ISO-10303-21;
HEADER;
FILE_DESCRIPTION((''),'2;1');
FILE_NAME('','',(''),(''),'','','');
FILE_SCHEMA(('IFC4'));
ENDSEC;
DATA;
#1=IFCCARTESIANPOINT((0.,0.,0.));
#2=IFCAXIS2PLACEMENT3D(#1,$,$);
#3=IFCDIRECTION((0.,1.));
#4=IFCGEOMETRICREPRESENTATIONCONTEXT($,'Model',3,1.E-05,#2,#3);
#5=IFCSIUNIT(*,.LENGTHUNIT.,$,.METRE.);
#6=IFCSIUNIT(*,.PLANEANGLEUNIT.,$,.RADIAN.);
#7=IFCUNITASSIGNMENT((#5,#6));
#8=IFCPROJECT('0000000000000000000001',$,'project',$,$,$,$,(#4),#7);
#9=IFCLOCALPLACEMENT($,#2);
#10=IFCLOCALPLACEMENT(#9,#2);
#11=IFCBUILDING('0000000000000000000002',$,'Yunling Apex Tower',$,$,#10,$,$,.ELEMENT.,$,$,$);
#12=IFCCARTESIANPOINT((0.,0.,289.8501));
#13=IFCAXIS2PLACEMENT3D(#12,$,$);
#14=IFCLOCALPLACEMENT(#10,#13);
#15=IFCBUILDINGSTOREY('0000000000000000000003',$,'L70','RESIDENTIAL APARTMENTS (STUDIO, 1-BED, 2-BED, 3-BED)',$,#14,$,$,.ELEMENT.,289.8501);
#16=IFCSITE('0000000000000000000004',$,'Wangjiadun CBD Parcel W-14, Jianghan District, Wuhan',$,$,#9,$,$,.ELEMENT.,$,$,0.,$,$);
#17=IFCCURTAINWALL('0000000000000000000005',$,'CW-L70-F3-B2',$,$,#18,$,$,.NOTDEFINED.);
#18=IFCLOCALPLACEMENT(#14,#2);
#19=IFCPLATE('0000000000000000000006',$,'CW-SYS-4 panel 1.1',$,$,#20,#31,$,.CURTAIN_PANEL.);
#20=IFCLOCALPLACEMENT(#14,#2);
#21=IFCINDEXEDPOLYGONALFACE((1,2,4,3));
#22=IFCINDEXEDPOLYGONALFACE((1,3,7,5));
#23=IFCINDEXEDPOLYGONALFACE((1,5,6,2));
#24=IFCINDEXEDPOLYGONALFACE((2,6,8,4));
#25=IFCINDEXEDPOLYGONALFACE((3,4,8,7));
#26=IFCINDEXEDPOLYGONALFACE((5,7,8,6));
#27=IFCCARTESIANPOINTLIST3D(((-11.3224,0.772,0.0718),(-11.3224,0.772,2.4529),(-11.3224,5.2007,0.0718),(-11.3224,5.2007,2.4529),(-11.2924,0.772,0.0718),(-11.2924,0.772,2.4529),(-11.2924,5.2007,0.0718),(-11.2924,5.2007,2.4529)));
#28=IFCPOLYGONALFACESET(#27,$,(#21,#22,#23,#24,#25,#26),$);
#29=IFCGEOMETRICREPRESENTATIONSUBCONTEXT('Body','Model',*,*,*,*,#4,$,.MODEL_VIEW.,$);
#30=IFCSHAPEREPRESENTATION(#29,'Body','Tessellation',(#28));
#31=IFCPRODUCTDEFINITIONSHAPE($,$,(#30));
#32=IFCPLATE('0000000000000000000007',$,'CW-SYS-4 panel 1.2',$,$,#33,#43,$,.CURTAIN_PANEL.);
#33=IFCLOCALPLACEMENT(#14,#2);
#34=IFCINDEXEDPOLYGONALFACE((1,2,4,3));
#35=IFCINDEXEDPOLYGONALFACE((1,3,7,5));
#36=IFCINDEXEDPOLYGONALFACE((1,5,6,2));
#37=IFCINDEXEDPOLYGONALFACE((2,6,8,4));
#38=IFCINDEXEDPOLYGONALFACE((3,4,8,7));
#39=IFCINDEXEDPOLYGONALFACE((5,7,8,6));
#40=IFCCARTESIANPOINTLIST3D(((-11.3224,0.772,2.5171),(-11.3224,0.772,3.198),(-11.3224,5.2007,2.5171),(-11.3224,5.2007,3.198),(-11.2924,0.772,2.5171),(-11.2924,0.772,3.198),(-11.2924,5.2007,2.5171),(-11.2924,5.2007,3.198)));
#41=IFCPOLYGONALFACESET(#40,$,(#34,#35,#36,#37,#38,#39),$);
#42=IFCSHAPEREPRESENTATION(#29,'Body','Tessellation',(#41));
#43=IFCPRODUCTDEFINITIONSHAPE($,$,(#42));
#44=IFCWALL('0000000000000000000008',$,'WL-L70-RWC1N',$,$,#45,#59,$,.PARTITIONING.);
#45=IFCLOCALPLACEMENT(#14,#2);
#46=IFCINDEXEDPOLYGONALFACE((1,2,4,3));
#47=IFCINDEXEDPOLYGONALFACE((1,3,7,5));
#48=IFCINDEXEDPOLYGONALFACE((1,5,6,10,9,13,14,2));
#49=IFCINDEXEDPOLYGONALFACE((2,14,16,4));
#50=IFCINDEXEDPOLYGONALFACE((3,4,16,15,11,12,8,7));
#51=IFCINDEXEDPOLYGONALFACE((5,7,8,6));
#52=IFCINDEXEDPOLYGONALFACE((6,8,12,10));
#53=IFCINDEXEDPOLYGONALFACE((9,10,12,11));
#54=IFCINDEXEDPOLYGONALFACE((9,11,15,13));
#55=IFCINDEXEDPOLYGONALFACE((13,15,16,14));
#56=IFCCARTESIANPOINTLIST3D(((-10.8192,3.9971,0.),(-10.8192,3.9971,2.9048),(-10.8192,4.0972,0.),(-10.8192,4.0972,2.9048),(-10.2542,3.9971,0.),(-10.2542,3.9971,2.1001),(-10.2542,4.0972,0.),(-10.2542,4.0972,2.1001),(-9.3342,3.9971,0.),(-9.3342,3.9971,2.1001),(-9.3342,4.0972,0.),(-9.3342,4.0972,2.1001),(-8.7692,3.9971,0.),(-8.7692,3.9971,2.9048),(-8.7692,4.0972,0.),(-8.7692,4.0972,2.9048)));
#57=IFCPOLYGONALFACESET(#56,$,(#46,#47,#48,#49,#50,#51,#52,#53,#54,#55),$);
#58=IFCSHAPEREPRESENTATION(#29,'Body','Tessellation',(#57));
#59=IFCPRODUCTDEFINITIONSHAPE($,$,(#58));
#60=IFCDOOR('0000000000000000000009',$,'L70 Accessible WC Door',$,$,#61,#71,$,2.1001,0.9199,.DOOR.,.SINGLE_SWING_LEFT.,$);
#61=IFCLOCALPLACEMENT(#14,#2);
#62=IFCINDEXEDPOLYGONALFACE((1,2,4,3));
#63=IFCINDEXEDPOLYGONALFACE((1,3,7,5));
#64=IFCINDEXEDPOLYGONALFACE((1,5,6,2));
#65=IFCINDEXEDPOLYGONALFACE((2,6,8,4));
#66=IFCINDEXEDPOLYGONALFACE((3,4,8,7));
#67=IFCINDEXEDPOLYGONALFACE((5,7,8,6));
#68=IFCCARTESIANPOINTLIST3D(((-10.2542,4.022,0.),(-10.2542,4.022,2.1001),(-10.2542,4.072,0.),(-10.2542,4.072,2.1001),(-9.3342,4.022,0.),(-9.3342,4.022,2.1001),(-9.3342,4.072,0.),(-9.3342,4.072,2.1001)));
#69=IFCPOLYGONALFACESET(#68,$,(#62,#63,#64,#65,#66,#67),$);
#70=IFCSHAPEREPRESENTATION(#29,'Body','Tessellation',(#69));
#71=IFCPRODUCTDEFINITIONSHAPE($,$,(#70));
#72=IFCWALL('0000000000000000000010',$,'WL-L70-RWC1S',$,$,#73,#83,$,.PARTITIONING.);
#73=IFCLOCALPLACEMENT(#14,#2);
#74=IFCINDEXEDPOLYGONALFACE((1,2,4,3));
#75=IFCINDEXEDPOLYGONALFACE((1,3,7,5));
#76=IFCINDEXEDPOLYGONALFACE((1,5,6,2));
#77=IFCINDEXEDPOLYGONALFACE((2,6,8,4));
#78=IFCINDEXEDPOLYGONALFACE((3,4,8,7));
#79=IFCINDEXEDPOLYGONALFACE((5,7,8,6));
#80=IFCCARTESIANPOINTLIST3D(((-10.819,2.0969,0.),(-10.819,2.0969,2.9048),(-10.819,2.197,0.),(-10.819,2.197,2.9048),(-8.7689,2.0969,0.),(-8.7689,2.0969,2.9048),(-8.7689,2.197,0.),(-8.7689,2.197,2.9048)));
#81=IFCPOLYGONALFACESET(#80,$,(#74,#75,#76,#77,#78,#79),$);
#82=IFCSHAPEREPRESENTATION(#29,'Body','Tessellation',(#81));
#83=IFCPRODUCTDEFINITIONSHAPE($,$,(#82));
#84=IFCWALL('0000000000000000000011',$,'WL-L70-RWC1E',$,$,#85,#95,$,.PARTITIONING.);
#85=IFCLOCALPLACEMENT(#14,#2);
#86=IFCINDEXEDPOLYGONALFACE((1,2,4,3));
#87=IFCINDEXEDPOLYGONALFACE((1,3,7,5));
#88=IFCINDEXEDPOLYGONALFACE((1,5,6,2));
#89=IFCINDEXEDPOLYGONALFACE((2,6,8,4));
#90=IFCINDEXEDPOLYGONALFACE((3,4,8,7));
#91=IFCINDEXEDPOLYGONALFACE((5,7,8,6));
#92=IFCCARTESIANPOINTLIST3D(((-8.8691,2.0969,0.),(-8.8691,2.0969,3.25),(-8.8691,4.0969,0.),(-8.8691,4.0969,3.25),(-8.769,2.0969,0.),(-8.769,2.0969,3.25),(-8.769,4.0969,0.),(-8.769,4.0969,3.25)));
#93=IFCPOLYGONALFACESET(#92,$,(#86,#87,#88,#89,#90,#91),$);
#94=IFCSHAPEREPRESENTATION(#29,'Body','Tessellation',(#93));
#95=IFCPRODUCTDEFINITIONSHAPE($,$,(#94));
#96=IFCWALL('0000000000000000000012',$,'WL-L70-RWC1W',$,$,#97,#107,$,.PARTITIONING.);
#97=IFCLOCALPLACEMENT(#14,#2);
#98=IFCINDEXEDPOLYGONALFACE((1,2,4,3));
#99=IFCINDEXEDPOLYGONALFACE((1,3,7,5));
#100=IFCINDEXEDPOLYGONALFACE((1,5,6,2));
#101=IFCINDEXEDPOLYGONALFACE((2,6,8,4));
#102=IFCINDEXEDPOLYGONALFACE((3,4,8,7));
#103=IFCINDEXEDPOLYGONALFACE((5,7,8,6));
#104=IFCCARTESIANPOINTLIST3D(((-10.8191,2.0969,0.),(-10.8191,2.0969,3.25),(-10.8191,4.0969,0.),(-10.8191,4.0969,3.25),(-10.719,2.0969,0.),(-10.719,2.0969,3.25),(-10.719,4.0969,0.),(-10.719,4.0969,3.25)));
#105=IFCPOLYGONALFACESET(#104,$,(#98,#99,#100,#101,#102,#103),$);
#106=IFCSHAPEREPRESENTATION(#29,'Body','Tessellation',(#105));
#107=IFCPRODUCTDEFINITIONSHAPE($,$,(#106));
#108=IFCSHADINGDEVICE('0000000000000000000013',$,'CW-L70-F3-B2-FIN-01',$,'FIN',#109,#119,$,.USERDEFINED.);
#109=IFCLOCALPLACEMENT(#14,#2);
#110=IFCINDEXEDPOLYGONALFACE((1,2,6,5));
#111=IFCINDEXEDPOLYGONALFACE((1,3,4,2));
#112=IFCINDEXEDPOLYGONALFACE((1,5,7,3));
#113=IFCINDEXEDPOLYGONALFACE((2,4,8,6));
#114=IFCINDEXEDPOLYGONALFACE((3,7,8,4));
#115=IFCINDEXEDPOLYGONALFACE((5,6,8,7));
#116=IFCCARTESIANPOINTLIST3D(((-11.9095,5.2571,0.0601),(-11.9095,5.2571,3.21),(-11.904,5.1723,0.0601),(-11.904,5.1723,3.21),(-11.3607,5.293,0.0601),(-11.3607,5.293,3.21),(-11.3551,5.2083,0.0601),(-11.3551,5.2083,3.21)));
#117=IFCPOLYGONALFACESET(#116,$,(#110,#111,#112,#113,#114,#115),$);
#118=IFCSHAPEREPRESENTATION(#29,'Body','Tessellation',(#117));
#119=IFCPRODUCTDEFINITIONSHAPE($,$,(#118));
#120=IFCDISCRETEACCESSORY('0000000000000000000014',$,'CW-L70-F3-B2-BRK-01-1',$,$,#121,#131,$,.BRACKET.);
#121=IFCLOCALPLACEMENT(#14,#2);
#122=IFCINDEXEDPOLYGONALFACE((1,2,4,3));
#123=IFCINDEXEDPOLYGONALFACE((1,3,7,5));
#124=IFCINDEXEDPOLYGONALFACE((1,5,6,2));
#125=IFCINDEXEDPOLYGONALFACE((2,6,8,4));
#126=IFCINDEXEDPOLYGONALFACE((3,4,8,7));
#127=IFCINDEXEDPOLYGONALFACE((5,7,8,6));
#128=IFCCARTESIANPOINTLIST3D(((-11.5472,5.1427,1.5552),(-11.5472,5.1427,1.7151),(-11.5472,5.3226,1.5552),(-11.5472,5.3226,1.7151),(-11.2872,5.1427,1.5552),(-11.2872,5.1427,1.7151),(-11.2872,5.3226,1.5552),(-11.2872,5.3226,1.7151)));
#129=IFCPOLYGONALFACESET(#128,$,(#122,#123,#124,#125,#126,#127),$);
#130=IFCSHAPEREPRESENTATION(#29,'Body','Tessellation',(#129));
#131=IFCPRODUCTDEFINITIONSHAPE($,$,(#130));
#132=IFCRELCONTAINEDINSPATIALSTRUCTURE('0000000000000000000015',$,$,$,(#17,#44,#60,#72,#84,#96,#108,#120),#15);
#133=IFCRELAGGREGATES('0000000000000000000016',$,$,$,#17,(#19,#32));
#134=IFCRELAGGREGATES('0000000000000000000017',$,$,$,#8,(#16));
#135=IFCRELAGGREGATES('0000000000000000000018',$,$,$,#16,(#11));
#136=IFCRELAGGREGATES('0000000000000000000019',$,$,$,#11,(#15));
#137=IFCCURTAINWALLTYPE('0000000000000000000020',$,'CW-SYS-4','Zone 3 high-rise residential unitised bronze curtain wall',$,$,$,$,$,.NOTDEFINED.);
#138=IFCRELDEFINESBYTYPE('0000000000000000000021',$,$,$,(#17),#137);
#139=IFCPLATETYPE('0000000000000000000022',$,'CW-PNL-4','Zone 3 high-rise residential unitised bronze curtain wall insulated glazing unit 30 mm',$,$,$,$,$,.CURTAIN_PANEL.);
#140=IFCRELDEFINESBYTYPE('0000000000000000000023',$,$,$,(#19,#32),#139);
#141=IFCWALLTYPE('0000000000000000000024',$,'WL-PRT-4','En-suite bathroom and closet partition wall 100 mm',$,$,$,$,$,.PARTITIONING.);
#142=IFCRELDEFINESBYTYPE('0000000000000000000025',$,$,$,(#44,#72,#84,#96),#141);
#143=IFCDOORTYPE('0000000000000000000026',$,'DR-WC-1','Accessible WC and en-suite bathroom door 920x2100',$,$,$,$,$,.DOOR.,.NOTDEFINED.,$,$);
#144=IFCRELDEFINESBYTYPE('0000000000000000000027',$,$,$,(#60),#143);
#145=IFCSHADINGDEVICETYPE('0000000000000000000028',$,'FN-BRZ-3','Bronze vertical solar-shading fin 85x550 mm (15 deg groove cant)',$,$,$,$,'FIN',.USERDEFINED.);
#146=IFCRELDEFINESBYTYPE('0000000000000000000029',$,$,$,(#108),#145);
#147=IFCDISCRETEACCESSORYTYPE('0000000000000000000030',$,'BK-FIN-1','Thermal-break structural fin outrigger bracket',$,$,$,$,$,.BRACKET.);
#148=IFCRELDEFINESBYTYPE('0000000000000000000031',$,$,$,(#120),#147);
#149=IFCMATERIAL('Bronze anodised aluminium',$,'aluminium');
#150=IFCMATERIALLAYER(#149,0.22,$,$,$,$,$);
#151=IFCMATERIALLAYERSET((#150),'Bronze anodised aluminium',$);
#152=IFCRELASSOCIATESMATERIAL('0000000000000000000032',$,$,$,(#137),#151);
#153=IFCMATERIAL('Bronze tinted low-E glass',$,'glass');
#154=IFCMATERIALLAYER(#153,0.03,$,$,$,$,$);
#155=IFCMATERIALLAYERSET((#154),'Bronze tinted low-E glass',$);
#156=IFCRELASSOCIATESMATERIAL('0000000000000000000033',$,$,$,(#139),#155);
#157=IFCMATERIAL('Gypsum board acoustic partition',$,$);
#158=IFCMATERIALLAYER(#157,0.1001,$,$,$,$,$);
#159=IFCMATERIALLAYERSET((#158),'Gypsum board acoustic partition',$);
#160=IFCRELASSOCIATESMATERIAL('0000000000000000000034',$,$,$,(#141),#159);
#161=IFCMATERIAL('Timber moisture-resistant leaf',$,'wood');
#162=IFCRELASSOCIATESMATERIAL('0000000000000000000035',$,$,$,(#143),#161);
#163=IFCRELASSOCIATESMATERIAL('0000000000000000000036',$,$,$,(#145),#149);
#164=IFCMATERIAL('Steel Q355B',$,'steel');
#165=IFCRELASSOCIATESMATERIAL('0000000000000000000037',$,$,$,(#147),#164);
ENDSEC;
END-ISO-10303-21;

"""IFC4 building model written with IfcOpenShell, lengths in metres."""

from ifc_helpers import new_model, si_unit, direction, frame, frame_2d, origin, origin_2d, place, context, subcontext, project, spatial, rectangle, extrude, source, transform, mapped, material, layer, layer_set, material_profile, profile_set, type_object, element, fill, aggregate, save


model = new_model("IFC4")

# Units and contexts
model_context = context("Model", 3, precision=1e-05, world=origin(), true_north=direction((0.0, 1.0)))
body_context = subcontext(model_context, "Body", "Model", "MODEL_VIEW")
ifc_project = project(units=[si_unit("LENGTHUNIT", "METRE"), si_unit("PLANEANGLEUNIT", "RADIAN")], contexts=[model_context])

# Site, building, storey
site_placement = place(None, origin())
site = spatial("IfcSite", under=ifc_project, at=site_placement, Name="Wangjiadun CBD Parcel W-14, Jianghan District, Wuhan", CompositionType="ELEMENT", RefElevation=0.0)
building_placement = place(site_placement, origin())
building = spatial("IfcBuilding", under=site, at=building_placement, Name="Yunling Apex Tower", CompositionType="ELEMENT")
storey_placement = place(building_placement, frame((0.0, 0.0, 289.8501)))
storey = spatial("IfcBuildingStorey", under=building, at=storey_placement, Name="L70", Description="RESIDENTIAL APARTMENTS (STUDIO, 1-BED, 2-BED, 3-BED)", CompositionType="ELEMENT", Elevation=289.8501)

# Shared definitions
ifc_material_1 = material(Name="Steel Q355B", Category="steel")

# Curtain wall
ifc_material_2 = material(Name="Bronze anodised aluminium", Category="aluminium")
ifc_layer_1 = layer(ifc_material_2, 0.22)
ifc_layer_set_1 = layer_set([ifc_layer_1], Name="Bronze anodised aluminium")
curtain_wall_type = type_object("IfcCurtainWallType", Name="CW-SYS-4", Description="Zone 3 high-rise residential unitised bronze curtain wall", PredefinedType="NOTDEFINED", material=ifc_layer_set_1)
curtain_wall_placement = place(storey_placement, origin())
curtain_wall = element("IfcCurtainWall", 1, at=curtain_wall_placement, inside=storey, type_object=curtain_wall_type, Name="CW-L70-F3-B2", PredefinedType="NOTDEFINED")

# Plates
ifc_material_3 = material(Name="Bronze tinted low-E glass", Category="glass")
ifc_layer_2 = layer(ifc_material_3, 0.03)
ifc_layer_set_2 = layer_set([ifc_layer_2], Name="Bronze tinted low-E glass")
plate_type_1 = type_object("IfcPlateType", Name="CW-PNL-4", Description="Zone 3 high-rise residential unitised bronze curtain wall insulated glazing unit 30 mm", PredefinedType="CURTAIN_PANEL", material=ifc_layer_set_2)
shared_shape_1 = source(origin(), body_context, "Body", "SweptSolid", [
    extrude(rectangle(XDim=4.4287, YDim=0.03, at=origin_2d()), origin(), (0.0, 0.0, 1.0), 2.3811),
])
plate_1_placement = place(storey_placement, frame((-11.3074, 2.9863, 0.0718), z_axis=(0.0, 0.0, 1.0), x_axis=(0.0, -1.0, 0.0)))
plate_1 = element("IfcPlate", 2, at=plate_1_placement, type_object=plate_type_1, Name="CW-SYS-4 panel 1.1", PredefinedType="CURTAIN_PANEL", context=body_context, shape_type="MappedRepresentation", body=[
    mapped(shared_shape_1, transform((0.0, 0.0, 0.0), scale=1.0)),
])
shared_shape_2 = source(origin(), body_context, "Body", "SweptSolid", [
    extrude(rectangle(XDim=4.4287, YDim=0.03, at=origin_2d()), origin(), (0.0, 0.0, 1.0), 0.6809),
])
plate_2_placement = place(storey_placement, frame((-11.3074, 2.9863, 2.5171), z_axis=(0.0, 0.0, 1.0), x_axis=(0.0, -1.0, 0.0)))
plate_2 = element("IfcPlate", 3, at=plate_2_placement, type_object=plate_type_1, Name="CW-SYS-4 panel 1.2", PredefinedType="CURTAIN_PANEL", context=body_context, shape_type="MappedRepresentation", body=[
    mapped(shared_shape_2, transform((0.0, 0.0, 0.0), scale=1.0)),
])
aggregate(curtain_wall, [plate_1, plate_2])

# Wall, opening, door
ifc_material_4 = material(Name="Gypsum board acoustic partition")
ifc_layer_3 = layer(ifc_material_4, 0.1001)
ifc_layer_set_3 = layer_set([ifc_layer_3], Name="Gypsum board acoustic partition")
wall_type = type_object("IfcWallType", Name="WL-PRT-4", Description="En-suite bathroom and closet partition wall 100 mm", PredefinedType="PARTITIONING", material=ifc_layer_set_3)
wall_1_placement = place(storey_placement, frame((-10.8191, 4.0471, 0.0), z_axis=(0.0, 0.0, 1.0), x_axis=(1.0, 0.0, 0.0)))
wall_1 = element("IfcWall", 4, at=wall_1_placement, inside=storey, type_object=wall_type, Name="WL-L70-RWC1N", PredefinedType="PARTITIONING", context=body_context, shape_type="SweptSolid", body=[
    extrude(rectangle(XDim=2.05, YDim=0.1001, at=frame_2d((1.0249, 0.0))), origin(), (0.0, 0.0, 1.0), 2.9048),
])
opening_placement = place(wall_1_placement, frame((0.5649, 0.0, 0.0)))
opening = element("IfcOpeningElement", 5, at=opening_placement, cuts=wall_1, PredefinedType="OPENING", context=body_context, shape_type="SweptSolid", body=[
    extrude(rectangle(XDim=0.9199, YDim=2.1001, at=frame_2d((0.46, 1.05))), frame((0.0, 0.0601, 0.0), z_axis=(0.0, -1.0, 0.0), x_axis=(1.0, 0.0, 0.0)), (0.0, 0.0, 1.0), 0.1201),
])
ifc_material_5 = material(Name="Timber moisture-resistant leaf", Category="wood")
door_type = type_object("IfcDoorType", Name="DR-WC-1", Description="Accessible WC and en-suite bathroom door 920x2100", OperationType="NOTDEFINED", PredefinedType="DOOR", material=ifc_material_5)
door_placement = place(opening_placement, origin())
door = element("IfcDoor", 6, at=door_placement, inside=storey, type_object=door_type, Name="L70 Accessible WC Door", OperationType="SINGLE_SWING_LEFT", OverallHeight=2.1001, OverallWidth=0.9199, PredefinedType="DOOR", context=body_context, shape_type="SweptSolid", body=[
    extrude(rectangle(XDim=0.9199, YDim=2.1001, at=frame_2d((0.46, 1.05))), frame((0.0, 0.0249, 0.0), z_axis=(0.0, -1.0, 0.0), x_axis=(1.0, 0.0, 0.0)), (0.0, 0.0, 1.0), 0.05),
])
fill(opening, door)

# Walls
wall_2_placement = place(storey_placement, frame((-8.769, 2.147, 0.0), z_axis=(0.0, 0.0, 1.0), x_axis=(-1.0, 0.0, 0.0)))
element("IfcWall", 7, at=wall_2_placement, inside=storey, type_object=wall_type, Name="WL-L70-RWC1S", PredefinedType="PARTITIONING", context=body_context, shape_type="SweptSolid", body=[
    extrude(rectangle(XDim=2.05, YDim=0.1001, at=frame_2d((1.0249, 0.0))), origin(), (0.0, 0.0, 1.0), 2.9048),
])
for number, where, z_axis, x_axis, name in (
    (8, (-8.8191, 4.0969, 0.0), (0.0, 0.0, 1.0), (0.0, -1.0, 0.0), "WL-L70-RWC1E"),
    (9, (-10.769, 2.0969, 0.0), (0.0, 0.0, 1.0), (0.0, 1.0, 0.0), "WL-L70-RWC1W"),
):
    element("IfcWall", number, at=place(storey_placement, frame(where, z_axis=z_axis, x_axis=x_axis)), inside=storey, type_object=wall_type, Name=name, PredefinedType="PARTITIONING", context=body_context, shape_type="SweptSolid", body=[
        extrude(rectangle(XDim=2.0, YDim=0.1001, at=frame_2d((1.0, 0.0))), origin(), (0.0, 0.0, 1.0), 3.25),
    ])

# Shading device
ifc_material_profile_1 = material_profile(ifc_material_2, rectangle(XDim=0.085, YDim=0.55, at=origin_2d()))
ifc_profile_set_1 = profile_set([ifc_material_profile_1], Name="Bronze anodised aluminium")
shading_device_type = type_object("IfcShadingDeviceType", Name="FN-BRZ-3", Description="Bronze vertical solar-shading fin 85x550 mm (15 deg groove cant)", ElementType="FIN", PredefinedType="USERDEFINED", material=ifc_profile_set_1)
shared_shape_3 = source(origin(), body_context, "Body", "SweptSolid", [
    extrude(rectangle(XDim=0.085, YDim=0.55, at=origin_2d()), origin(), (0.0, 0.0, 1.0), 3.1499),
])
shading_device_placement = place(storey_placement, frame((-11.6323, 5.2327, 0.0601), z_axis=(0.0, 0.0, 1.0), x_axis=(0.065403, -0.997859, 0.0)))
element("IfcShadingDevice", 10, at=shading_device_placement, inside=storey, type_object=shading_device_type, Name="CW-L70-F3-B2-FIN-01", ObjectType="FIN", PredefinedType="USERDEFINED", context=body_context, shape_type="MappedRepresentation", body=[
    mapped(shared_shape_3, transform((0.0, 0.0, 0.0), scale=1.0)),
])

# Discrete accessory
discrete_accessory_type = type_object("IfcDiscreteAccessoryType", Name="BK-FIN-1", Description="Thermal-break structural fin outrigger bracket", PredefinedType="BRACKET", material=ifc_material_1)
shared_shape_4 = source(origin(), body_context, "Body", "SweptSolid", [
    extrude(rectangle(XDim=0.1799, YDim=0.26, at=origin_2d()), origin(), (0.0, 0.0, 1.0), 0.1599),
])
discrete_accessory_placement = place(storey_placement, frame((-11.4172, 5.2327, 1.5552), z_axis=(0.0, 0.0, 1.0), x_axis=(0.0, -1.0, 0.0)))
element("IfcDiscreteAccessory", 11, at=discrete_accessory_placement, inside=storey, type_object=discrete_accessory_type, Name="CW-L70-F3-B2-BRK-01-1", PredefinedType="BRACKET", context=body_context, shape_type="MappedRepresentation", body=[
    mapped(shared_shape_4, transform((0.0, 0.0, 0.0), scale=1.0)),
])

save(model, "model.ifc")
